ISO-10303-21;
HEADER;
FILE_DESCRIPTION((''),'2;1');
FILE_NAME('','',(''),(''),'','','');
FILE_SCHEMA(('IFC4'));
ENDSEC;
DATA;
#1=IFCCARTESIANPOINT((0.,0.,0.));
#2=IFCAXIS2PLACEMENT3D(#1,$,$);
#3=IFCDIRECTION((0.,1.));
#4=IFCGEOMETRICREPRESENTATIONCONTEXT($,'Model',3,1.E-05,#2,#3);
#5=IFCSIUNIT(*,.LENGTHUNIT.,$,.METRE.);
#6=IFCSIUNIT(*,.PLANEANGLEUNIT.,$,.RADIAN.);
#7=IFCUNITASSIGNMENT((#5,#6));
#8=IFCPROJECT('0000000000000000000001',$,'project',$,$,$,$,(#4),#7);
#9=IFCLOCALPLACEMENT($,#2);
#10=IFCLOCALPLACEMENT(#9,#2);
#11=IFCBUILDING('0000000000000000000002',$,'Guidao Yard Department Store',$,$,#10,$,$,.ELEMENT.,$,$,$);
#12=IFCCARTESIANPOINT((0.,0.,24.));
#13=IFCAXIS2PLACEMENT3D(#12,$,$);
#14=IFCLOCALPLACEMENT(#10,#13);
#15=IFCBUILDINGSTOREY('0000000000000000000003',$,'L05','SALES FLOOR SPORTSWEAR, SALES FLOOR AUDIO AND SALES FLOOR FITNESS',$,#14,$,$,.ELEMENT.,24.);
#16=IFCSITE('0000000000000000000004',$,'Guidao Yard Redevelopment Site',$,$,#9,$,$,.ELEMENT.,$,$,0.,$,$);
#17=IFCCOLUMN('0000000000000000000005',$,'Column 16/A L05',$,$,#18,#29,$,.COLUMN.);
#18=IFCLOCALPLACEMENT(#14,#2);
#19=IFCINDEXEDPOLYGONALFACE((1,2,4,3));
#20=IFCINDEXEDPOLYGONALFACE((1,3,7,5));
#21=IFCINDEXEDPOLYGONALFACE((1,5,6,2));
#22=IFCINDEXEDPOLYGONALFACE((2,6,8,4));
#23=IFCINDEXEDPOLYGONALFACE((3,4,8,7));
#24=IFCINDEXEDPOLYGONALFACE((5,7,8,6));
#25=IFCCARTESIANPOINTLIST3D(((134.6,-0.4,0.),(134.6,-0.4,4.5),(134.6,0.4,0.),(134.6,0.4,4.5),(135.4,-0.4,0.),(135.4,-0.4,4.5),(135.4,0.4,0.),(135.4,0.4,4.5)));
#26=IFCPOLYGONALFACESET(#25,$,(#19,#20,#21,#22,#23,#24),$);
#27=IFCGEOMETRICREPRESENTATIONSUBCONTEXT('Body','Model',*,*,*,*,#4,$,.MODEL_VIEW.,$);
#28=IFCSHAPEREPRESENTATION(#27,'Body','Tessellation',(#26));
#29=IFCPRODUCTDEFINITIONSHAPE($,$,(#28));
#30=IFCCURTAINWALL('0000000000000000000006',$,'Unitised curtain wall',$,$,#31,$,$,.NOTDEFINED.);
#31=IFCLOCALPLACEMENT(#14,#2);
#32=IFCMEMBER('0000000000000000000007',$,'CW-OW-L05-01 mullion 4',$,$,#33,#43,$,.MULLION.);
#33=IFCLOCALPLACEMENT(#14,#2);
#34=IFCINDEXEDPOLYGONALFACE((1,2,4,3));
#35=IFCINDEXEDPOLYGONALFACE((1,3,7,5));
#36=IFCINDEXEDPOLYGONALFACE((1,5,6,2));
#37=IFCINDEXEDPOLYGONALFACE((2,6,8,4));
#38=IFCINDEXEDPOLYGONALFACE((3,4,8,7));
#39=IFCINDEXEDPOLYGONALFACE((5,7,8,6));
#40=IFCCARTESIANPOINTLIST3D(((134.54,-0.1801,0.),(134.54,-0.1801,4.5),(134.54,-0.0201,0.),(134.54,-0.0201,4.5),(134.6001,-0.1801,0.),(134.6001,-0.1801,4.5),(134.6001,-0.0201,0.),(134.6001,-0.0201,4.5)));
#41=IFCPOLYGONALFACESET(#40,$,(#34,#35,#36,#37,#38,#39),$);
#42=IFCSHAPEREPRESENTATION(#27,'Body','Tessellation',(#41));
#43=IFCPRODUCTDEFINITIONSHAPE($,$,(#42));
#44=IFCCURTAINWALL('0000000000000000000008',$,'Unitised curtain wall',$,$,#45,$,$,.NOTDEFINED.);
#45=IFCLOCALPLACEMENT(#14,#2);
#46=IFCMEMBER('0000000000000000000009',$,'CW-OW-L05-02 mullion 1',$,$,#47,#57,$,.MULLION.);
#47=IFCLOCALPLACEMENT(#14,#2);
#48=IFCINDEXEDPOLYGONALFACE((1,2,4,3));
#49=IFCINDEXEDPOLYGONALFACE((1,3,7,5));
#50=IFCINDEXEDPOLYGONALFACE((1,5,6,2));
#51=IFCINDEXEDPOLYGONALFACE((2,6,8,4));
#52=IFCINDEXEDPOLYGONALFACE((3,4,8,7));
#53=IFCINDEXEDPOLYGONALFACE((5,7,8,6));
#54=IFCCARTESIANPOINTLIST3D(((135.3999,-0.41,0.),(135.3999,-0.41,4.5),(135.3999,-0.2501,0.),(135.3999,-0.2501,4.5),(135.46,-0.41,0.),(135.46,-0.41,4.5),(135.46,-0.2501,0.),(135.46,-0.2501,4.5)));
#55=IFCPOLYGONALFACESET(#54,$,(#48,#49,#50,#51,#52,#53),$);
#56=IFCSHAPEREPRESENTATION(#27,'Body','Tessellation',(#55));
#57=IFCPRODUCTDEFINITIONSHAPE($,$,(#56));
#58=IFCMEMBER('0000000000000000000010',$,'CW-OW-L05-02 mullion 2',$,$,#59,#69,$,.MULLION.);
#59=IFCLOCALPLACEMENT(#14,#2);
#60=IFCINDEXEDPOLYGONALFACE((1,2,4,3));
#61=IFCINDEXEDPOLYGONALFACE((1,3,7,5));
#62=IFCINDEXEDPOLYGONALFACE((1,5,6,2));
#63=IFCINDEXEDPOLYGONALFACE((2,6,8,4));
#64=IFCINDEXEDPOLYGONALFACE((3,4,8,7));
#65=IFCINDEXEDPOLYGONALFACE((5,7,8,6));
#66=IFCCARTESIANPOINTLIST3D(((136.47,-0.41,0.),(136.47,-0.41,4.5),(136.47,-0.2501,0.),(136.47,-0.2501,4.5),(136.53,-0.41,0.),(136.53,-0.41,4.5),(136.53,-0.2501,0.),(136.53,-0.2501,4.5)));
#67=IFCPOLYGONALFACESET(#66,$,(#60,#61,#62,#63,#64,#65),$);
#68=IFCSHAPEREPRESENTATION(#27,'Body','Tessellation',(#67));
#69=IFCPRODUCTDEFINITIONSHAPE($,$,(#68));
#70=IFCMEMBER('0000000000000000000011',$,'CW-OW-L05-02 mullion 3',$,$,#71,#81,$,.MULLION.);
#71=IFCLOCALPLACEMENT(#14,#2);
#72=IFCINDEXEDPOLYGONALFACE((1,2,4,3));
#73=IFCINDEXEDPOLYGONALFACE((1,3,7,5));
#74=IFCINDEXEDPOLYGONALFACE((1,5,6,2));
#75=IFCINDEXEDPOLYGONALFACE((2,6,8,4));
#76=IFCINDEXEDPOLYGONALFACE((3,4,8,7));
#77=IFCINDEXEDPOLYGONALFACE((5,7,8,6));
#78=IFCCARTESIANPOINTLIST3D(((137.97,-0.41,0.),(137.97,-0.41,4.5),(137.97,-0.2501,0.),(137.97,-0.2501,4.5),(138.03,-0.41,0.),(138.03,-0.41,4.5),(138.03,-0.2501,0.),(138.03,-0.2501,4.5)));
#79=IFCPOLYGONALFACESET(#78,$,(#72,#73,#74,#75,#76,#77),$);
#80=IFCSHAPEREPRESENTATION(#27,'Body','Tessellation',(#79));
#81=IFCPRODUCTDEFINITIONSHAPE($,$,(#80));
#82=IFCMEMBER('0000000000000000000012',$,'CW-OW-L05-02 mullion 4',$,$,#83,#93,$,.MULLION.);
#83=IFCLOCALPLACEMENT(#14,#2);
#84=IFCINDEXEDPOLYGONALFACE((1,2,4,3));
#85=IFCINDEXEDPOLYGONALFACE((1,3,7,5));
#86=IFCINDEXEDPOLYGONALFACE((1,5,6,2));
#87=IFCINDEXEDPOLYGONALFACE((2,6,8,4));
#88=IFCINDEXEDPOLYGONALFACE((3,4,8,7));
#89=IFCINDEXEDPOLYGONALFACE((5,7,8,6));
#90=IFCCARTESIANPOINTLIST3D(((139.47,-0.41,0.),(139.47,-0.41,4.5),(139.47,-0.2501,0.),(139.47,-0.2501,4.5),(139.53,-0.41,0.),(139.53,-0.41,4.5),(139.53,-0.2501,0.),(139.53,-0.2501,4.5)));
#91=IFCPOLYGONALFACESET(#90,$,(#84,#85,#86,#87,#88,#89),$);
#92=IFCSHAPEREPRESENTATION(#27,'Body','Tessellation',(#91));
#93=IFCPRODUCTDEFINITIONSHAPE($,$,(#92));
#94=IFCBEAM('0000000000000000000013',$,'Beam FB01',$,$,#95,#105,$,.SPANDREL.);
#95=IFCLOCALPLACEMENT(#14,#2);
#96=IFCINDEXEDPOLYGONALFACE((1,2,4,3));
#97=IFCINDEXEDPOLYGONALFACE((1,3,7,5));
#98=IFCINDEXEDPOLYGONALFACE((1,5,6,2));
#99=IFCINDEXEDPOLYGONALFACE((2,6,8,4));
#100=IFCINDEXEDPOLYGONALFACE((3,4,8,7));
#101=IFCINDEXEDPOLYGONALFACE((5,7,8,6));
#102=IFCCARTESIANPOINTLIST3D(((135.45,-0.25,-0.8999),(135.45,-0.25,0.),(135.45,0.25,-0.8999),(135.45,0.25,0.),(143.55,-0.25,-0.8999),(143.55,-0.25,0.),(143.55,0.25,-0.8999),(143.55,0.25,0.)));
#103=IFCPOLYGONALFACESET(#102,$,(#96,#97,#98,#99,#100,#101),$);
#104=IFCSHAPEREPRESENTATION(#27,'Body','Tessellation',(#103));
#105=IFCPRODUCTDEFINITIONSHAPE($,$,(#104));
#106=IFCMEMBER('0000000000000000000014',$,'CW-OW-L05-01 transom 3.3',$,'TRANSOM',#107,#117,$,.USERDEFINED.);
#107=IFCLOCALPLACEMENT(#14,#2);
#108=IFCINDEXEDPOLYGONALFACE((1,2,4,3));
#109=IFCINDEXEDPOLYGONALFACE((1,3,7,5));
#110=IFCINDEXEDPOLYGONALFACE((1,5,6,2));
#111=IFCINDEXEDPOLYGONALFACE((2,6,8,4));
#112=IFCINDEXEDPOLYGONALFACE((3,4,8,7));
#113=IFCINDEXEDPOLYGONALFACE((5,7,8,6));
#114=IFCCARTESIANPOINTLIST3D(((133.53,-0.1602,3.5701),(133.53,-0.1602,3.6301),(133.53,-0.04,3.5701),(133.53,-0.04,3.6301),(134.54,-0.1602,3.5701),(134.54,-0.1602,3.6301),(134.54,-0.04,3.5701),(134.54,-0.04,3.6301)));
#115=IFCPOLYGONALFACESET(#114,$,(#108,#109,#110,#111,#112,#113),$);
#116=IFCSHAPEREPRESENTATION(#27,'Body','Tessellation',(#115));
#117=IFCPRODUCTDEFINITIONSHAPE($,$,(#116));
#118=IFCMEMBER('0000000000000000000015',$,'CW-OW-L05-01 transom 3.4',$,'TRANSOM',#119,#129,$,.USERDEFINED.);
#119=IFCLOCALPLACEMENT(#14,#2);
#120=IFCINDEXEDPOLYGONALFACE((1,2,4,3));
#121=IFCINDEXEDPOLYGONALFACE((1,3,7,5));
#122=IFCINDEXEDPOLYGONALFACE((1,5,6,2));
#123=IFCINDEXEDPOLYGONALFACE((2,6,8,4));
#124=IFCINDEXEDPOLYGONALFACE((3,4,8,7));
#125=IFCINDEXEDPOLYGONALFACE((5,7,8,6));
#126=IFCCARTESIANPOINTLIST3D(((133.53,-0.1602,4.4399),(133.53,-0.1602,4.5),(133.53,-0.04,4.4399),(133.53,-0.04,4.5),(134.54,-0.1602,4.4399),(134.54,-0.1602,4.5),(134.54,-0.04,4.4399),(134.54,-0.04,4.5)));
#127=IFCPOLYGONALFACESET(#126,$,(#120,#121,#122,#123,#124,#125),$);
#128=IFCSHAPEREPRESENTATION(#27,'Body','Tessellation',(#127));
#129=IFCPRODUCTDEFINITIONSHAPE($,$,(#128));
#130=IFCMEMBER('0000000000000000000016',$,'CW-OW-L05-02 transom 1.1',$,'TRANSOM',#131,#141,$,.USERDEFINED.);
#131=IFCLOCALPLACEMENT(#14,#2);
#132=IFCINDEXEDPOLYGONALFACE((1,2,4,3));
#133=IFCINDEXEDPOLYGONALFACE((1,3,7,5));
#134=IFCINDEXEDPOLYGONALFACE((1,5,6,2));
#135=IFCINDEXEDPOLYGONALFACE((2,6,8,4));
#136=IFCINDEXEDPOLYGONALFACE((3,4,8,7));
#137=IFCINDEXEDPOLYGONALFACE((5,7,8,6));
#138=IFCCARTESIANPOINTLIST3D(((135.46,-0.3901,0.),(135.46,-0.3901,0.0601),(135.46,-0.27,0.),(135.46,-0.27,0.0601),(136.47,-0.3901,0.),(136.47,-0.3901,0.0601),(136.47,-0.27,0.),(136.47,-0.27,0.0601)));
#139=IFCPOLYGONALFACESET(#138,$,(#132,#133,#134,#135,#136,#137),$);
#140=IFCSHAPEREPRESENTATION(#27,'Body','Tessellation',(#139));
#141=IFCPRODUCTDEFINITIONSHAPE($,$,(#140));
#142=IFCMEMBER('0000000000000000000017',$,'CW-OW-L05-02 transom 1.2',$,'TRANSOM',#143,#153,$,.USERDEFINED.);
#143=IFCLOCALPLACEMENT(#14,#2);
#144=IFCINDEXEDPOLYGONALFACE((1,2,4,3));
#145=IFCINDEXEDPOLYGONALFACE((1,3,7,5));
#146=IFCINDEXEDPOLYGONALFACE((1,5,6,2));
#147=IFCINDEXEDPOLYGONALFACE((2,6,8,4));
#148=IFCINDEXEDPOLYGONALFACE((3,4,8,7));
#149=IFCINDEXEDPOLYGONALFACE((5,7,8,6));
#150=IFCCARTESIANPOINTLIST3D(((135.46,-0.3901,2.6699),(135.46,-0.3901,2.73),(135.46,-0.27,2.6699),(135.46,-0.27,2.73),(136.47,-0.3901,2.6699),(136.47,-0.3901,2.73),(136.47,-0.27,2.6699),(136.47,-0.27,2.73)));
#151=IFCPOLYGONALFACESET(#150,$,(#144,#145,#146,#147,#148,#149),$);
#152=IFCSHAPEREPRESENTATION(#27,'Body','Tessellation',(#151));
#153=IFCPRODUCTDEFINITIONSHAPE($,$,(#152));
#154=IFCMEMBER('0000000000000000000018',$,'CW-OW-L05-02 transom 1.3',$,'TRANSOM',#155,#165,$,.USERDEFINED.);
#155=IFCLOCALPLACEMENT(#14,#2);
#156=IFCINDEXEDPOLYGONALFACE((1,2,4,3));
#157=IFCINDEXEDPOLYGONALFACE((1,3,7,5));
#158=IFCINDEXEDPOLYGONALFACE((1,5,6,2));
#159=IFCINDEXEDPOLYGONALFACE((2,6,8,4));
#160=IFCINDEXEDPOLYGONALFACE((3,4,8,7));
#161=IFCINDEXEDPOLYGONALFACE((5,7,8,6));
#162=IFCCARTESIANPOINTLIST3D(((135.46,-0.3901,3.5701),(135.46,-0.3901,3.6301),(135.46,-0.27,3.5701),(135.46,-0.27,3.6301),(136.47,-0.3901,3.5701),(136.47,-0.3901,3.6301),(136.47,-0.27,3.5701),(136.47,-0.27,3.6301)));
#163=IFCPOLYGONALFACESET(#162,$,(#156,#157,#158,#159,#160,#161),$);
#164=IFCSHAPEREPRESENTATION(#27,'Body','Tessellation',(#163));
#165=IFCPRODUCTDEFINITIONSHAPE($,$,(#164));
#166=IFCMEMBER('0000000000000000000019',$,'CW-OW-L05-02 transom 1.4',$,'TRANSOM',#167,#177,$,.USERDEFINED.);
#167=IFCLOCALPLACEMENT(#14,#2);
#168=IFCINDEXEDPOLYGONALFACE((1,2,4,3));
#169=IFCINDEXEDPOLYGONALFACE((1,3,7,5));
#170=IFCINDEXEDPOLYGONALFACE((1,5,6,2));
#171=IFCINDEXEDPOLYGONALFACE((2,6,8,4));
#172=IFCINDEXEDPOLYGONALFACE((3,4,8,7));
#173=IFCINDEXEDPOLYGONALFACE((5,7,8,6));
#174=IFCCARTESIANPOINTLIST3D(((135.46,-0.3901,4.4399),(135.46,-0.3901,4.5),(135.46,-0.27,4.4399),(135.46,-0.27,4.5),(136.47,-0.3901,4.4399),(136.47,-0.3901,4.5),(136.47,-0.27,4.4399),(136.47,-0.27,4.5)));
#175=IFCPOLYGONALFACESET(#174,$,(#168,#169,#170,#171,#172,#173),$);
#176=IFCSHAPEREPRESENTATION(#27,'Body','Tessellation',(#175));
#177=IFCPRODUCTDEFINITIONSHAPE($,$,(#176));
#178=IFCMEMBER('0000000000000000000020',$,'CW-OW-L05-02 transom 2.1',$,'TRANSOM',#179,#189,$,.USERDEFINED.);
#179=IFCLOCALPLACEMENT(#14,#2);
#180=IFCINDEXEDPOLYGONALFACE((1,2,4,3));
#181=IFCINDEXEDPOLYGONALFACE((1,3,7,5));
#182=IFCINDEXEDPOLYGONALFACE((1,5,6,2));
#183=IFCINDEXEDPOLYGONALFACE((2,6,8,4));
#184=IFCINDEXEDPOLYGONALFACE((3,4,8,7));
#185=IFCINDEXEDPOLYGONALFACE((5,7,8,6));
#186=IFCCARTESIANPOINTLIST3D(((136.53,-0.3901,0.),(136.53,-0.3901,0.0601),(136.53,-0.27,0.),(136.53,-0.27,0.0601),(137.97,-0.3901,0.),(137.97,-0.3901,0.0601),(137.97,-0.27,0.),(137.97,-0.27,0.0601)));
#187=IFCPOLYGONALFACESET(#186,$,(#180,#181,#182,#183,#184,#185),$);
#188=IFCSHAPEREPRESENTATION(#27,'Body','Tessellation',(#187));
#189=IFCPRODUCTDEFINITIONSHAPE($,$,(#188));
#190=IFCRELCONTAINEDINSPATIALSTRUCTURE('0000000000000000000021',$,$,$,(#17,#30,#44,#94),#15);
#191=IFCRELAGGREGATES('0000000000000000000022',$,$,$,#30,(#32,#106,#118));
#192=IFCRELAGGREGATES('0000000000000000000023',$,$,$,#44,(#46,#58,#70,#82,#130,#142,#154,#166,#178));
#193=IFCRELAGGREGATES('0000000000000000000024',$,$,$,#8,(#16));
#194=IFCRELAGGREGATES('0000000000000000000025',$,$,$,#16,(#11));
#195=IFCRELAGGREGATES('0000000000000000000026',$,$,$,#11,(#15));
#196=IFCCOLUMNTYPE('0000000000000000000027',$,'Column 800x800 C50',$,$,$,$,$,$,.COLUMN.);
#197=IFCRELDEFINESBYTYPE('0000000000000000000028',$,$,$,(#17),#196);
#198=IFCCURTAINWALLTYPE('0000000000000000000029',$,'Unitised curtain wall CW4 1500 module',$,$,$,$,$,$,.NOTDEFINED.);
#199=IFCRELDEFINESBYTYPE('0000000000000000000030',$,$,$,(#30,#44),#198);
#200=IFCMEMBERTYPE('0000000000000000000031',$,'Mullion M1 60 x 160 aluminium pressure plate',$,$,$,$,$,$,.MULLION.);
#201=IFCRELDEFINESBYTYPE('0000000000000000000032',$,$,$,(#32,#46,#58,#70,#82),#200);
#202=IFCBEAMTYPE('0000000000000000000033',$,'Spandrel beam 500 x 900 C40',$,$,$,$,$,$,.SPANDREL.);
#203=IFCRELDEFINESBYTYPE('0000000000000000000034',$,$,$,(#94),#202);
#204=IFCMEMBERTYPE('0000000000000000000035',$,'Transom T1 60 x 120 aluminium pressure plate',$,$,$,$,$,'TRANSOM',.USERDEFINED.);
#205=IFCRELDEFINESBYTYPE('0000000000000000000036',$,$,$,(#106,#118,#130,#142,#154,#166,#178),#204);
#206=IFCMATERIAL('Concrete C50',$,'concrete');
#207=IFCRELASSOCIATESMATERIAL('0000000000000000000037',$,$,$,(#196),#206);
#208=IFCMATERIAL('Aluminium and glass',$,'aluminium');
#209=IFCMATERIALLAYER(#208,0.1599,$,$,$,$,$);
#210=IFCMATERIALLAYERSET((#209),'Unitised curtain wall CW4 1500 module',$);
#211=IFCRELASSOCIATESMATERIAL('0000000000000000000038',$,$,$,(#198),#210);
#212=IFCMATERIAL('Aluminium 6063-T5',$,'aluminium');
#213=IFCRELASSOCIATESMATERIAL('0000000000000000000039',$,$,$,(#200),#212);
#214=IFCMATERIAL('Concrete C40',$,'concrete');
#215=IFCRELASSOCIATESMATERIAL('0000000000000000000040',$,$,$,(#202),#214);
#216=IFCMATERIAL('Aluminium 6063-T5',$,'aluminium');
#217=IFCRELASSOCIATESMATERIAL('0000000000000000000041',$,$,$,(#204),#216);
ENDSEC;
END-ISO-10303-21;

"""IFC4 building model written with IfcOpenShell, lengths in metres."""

from ifc_helpers import new_model, si_unit, direction, frame, origin, origin_2d, place, context, subcontext, project, spatial, rectangle, extrude, material, layer, layer_set, material_profile, profile_set, type_object, element, aggregate, save


model = new_model("IFC4")

# Units and contexts
model_context = context("Model", 3, precision=1e-05, world=origin(), true_north=direction((0.0, 1.0)))
body_context = subcontext(model_context, "Body", "Model", "MODEL_VIEW")
ifc_project = project(units=[si_unit("LENGTHUNIT", "METRE"), si_unit("PLANEANGLEUNIT", "RADIAN")], contexts=[model_context])

# Site, building, storey
site_placement = place(None, origin())
site = spatial("IfcSite", under=ifc_project, at=site_placement, Name="Guidao Yard Redevelopment Site", CompositionType="ELEMENT", RefElevation=0.0)
building_placement = place(site_placement, origin())
building = spatial("IfcBuilding", under=site, at=building_placement, Name="Guidao Yard Department Store", CompositionType="ELEMENT")
storey_placement = place(building_placement, frame((0.0, 0.0, 24.0)))
storey = spatial("IfcBuildingStorey", under=building, at=storey_placement, Name="L05", Description="SALES FLOOR SPORTSWEAR, SALES FLOOR AUDIO AND SALES FLOOR FITNESS", CompositionType="ELEMENT", Elevation=24.0)

# Column
ifc_material_1 = material(Name="Concrete C50", Category="concrete")
ifc_material_profile_1 = material_profile(ifc_material_1, rectangle(XDim=0.8, YDim=0.8, at=origin_2d()), Name="COL 800x800")
ifc_profile_set_1 = profile_set([ifc_material_profile_1], Name="Concrete C50")
column_type = type_object("IfcColumnType", Name="Column 800x800 C50", PredefinedType="COLUMN", material=ifc_profile_set_1)
column_placement = place(storey_placement, frame((135.0, 0.0, 0.0), z_axis=(0.0, 0.0, 1.0), x_axis=(1.0, 0.0, 0.0)))
element("IfcColumn", 1, at=column_placement, inside=storey, type_object=column_type, Name="Column 16/A L05", PredefinedType="COLUMN", context=body_context, shape_type="SweptSolid", body=[
    extrude(rectangle(XDim=0.8, YDim=0.8, at=origin_2d()), origin(), (0.0, 0.0, 1.0), 4.5),
])

# Curtain wall, member
ifc_material_2 = material(Name="Aluminium and glass", Category="aluminium")
ifc_layer_1 = layer(ifc_material_2, 0.1599)
ifc_layer_set_1 = layer_set([ifc_layer_1], Name="Unitised curtain wall CW4 1500 module")
curtain_wall_type = type_object("IfcCurtainWallType", Name="Unitised curtain wall CW4 1500 module", PredefinedType="NOTDEFINED", material=ifc_layer_set_1)
curtain_wall_1_placement = place(storey_placement, origin())
curtain_wall_1 = element("IfcCurtainWall", 2, at=curtain_wall_1_placement, inside=storey, type_object=curtain_wall_type, Name="Unitised curtain wall", PredefinedType="NOTDEFINED")
ifc_material_3 = material(Name="Aluminium 6063-T5", Category="aluminium")
ifc_material_profile_2 = material_profile(ifc_material_3, rectangle(XDim=0.0601, YDim=0.1599, at=origin_2d()), Name="Mullion M1 60 x 160 aluminium pressure plate")
ifc_profile_set_2 = profile_set([ifc_material_profile_2], Name="Aluminium 6063-T5")
member_type_1 = type_object("IfcMemberType", Name="Mullion M1 60 x 160 aluminium pressure plate", PredefinedType="MULLION", material=ifc_profile_set_2)
member_1_placement = place(storey_placement, frame((134.5701, -0.1001, 0.0), z_axis=(0.0, 0.0, 1.0), x_axis=(-1.0, 0.0, 0.0)))
member_1 = element("IfcMember", 3, at=member_1_placement, type_object=member_type_1, Name="CW-OW-L05-01 mullion 4", PredefinedType="MULLION", context=body_context, shape_type="SweptSolid", body=[
    extrude(rectangle(XDim=0.0601, YDim=0.1599, at=origin_2d()), origin(), (0.0, 0.0, 1.0), 4.5),
])

# Curtain wall, members
curtain_wall_2_placement = place(storey_placement, origin())
curtain_wall_2 = element("IfcCurtainWall", 4, at=curtain_wall_2_placement, inside=storey, type_object=curtain_wall_type, Name="Unitised curtain wall", PredefinedType="NOTDEFINED")
member_2_placement = place(storey_placement, frame((135.4299, -0.3301, 0.0), z_axis=(0.0, 0.0, 1.0), x_axis=(-1.0, 0.0, 0.0)))
member_2 = element("IfcMember", 5, at=member_2_placement, type_object=member_type_1, Name="CW-OW-L05-02 mullion 1", PredefinedType="MULLION", context=body_context, shape_type="SweptSolid", body=[
    extrude(rectangle(XDim=0.0601, YDim=0.1599, at=origin_2d()), origin(), (0.0, 0.0, 1.0), 4.5),
])
member_3_placement = place(storey_placement, frame((136.5, -0.3301, 0.0), z_axis=(0.0, 0.0, 1.0), x_axis=(-1.0, 0.0, 0.0)))
member_3 = element("IfcMember", 6, at=member_3_placement, type_object=member_type_1, Name="CW-OW-L05-02 mullion 2", PredefinedType="MULLION", context=body_context, shape_type="SweptSolid", body=[
    extrude(rectangle(XDim=0.0601, YDim=0.1599, at=origin_2d()), origin(), (0.0, 0.0, 1.0), 4.5),
])
member_4_placement = place(storey_placement, frame((138.0, -0.3301, 0.0), z_axis=(0.0, 0.0, 1.0), x_axis=(-1.0, 0.0, 0.0)))
member_4 = element("IfcMember", 7, at=member_4_placement, type_object=member_type_1, Name="CW-OW-L05-02 mullion 3", PredefinedType="MULLION", context=body_context, shape_type="SweptSolid", body=[
    extrude(rectangle(XDim=0.0601, YDim=0.1599, at=origin_2d()), origin(), (0.0, 0.0, 1.0), 4.5),
])
member_5_placement = place(storey_placement, frame((139.5, -0.3301, 0.0), z_axis=(0.0, 0.0, 1.0), x_axis=(-1.0, 0.0, 0.0)))
member_5 = element("IfcMember", 8, at=member_5_placement, type_object=member_type_1, Name="CW-OW-L05-02 mullion 4", PredefinedType="MULLION", context=body_context, shape_type="SweptSolid", body=[
    extrude(rectangle(XDim=0.0601, YDim=0.1599, at=origin_2d()), origin(), (0.0, 0.0, 1.0), 4.5),
])

# Beam
ifc_material_4 = material(Name="Concrete C40", Category="concrete")
ifc_material_profile_3 = material_profile(ifc_material_4, rectangle(XDim=0.5, YDim=0.8999, at=origin_2d()), Name="Spandrel beam 500 x 900 C40")
ifc_profile_set_3 = profile_set([ifc_material_profile_3], Name="Concrete C40")
beam_type = type_object("IfcBeamType", Name="Spandrel beam 500 x 900 C40", PredefinedType="SPANDREL", material=ifc_profile_set_3)
beam_placement = place(storey_placement, frame((135.45, 0.0, -0.45), z_axis=(1.0, 0.0, 0.0), x_axis=(0.0, 1.0, 0.0)))
element("IfcBeam", 9, at=beam_placement, inside=storey, type_object=beam_type, Name="Beam FB01", PredefinedType="SPANDREL", context=body_context, shape_type="SweptSolid", body=[
    extrude(rectangle(XDim=0.5, YDim=0.8999, at=origin_2d()), origin(), (0.0, 0.0, 1.0), 8.1001),
])

# Members
ifc_material_5 = material(Name="Aluminium 6063-T5", Category="aluminium")
ifc_material_profile_4 = material_profile(ifc_material_5, rectangle(XDim=0.1201, YDim=0.0601, at=origin_2d()), Name="Transom T1 60 x 120 aluminium pressure plate")
ifc_profile_set_4 = profile_set([ifc_material_profile_4], Name="Aluminium 6063-T5")
member_type_2 = type_object("IfcMemberType", Name="Transom T1 60 x 120 aluminium pressure plate", ElementType="TRANSOM", PredefinedType="USERDEFINED", material=ifc_profile_set_4)
member_6_placement = place(storey_placement, frame((134.54, -0.1001, 3.6001), z_axis=(-1.0, 0.0, 0.0), x_axis=(0.0, -1.0, 0.0)))
member_6 = element("IfcMember", 10, at=member_6_placement, type_object=member_type_2, Name="CW-OW-L05-01 transom 3.3", ObjectType="TRANSOM", PredefinedType="USERDEFINED", context=body_context, shape_type="SweptSolid", body=[
    extrude(rectangle(XDim=0.1201, YDim=0.0601, at=origin_2d()), origin(), (0.0, 0.0, 1.0), 1.01),
])
member_7_placement = place(storey_placement, frame((134.54, -0.1001, 4.47), z_axis=(-1.0, 0.0, 0.0), x_axis=(0.0, -1.0, 0.0)))
member_7 = element("IfcMember", 11, at=member_7_placement, type_object=member_type_2, Name="CW-OW-L05-01 transom 3.4", ObjectType="TRANSOM", PredefinedType="USERDEFINED", context=body_context, shape_type="SweptSolid", body=[
    extrude(rectangle(XDim=0.1201, YDim=0.0601, at=origin_2d()), origin(), (0.0, 0.0, 1.0), 1.01),
])
aggregate(curtain_wall_1, [member_1, member_6, member_7])
member_8_placement = place(storey_placement, frame((136.47, -0.3301, 0.03), z_axis=(-1.0, 0.0, 0.0), x_axis=(0.0, -1.0, 0.0)))
member_8 = element("IfcMember", 12, at=member_8_placement, type_object=member_type_2, Name="CW-OW-L05-02 transom 1.1", ObjectType="TRANSOM", PredefinedType="USERDEFINED", context=body_context, shape_type="SweptSolid", body=[
    extrude(rectangle(XDim=0.1201, YDim=0.0601, at=origin_2d()), origin(), (0.0, 0.0, 1.0), 1.01),
])
member_9_placement = place(storey_placement, frame((136.47, -0.3301, 2.7), z_axis=(-1.0, 0.0, 0.0), x_axis=(0.0, -1.0, 0.0)))
member_9 = element("IfcMember", 13, at=member_9_placement, type_object=member_type_2, Name="CW-OW-L05-02 transom 1.2", ObjectType="TRANSOM", PredefinedType="USERDEFINED", context=body_context, shape_type="SweptSolid", body=[
    extrude(rectangle(XDim=0.1201, YDim=0.0601, at=origin_2d()), origin(), (0.0, 0.0, 1.0), 1.01),
])
member_10_placement = place(storey_placement, frame((136.47, -0.3301, 3.6001), z_axis=(-1.0, 0.0, 0.0), x_axis=(0.0, -1.0, 0.0)))
member_10 = element("IfcMember", 14, at=member_10_placement, type_object=member_type_2, Name="CW-OW-L05-02 transom 1.3", ObjectType="TRANSOM", PredefinedType="USERDEFINED", context=body_context, shape_type="SweptSolid", body=[
    extrude(rectangle(XDim=0.1201, YDim=0.0601, at=origin_2d()), origin(), (0.0, 0.0, 1.0), 1.01),
])
member_11_placement = place(storey_placement, frame((136.47, -0.3301, 4.47), z_axis=(-1.0, 0.0, 0.0), x_axis=(0.0, -1.0, 0.0)))
member_11 = element("IfcMember", 15, at=member_11_placement, type_object=member_type_2, Name="CW-OW-L05-02 transom 1.4", ObjectType="TRANSOM", PredefinedType="USERDEFINED", context=body_context, shape_type="SweptSolid", body=[
    extrude(rectangle(XDim=0.1201, YDim=0.0601, at=origin_2d()), origin(), (0.0, 0.0, 1.0), 1.01),
])
member_12_placement = place(storey_placement, frame((137.97, -0.3301, 0.03), z_axis=(-1.0, 0.0, 0.0), x_axis=(0.0, -1.0, 0.0)))
member_12 = element("IfcMember", 16, at=member_12_placement, type_object=member_type_2, Name="CW-OW-L05-02 transom 2.1", ObjectType="TRANSOM", PredefinedType="USERDEFINED", context=body_context, shape_type="SweptSolid", body=[
    extrude(rectangle(XDim=0.1201, YDim=0.0601, at=origin_2d()), origin(), (0.0, 0.0, 1.0), 1.4399),
])

aggregate(curtain_wall_2, [member_2, member_3, member_4, member_5, member_8, member_9, member_10, member_11, member_12])

save(model, "model.ifc")
